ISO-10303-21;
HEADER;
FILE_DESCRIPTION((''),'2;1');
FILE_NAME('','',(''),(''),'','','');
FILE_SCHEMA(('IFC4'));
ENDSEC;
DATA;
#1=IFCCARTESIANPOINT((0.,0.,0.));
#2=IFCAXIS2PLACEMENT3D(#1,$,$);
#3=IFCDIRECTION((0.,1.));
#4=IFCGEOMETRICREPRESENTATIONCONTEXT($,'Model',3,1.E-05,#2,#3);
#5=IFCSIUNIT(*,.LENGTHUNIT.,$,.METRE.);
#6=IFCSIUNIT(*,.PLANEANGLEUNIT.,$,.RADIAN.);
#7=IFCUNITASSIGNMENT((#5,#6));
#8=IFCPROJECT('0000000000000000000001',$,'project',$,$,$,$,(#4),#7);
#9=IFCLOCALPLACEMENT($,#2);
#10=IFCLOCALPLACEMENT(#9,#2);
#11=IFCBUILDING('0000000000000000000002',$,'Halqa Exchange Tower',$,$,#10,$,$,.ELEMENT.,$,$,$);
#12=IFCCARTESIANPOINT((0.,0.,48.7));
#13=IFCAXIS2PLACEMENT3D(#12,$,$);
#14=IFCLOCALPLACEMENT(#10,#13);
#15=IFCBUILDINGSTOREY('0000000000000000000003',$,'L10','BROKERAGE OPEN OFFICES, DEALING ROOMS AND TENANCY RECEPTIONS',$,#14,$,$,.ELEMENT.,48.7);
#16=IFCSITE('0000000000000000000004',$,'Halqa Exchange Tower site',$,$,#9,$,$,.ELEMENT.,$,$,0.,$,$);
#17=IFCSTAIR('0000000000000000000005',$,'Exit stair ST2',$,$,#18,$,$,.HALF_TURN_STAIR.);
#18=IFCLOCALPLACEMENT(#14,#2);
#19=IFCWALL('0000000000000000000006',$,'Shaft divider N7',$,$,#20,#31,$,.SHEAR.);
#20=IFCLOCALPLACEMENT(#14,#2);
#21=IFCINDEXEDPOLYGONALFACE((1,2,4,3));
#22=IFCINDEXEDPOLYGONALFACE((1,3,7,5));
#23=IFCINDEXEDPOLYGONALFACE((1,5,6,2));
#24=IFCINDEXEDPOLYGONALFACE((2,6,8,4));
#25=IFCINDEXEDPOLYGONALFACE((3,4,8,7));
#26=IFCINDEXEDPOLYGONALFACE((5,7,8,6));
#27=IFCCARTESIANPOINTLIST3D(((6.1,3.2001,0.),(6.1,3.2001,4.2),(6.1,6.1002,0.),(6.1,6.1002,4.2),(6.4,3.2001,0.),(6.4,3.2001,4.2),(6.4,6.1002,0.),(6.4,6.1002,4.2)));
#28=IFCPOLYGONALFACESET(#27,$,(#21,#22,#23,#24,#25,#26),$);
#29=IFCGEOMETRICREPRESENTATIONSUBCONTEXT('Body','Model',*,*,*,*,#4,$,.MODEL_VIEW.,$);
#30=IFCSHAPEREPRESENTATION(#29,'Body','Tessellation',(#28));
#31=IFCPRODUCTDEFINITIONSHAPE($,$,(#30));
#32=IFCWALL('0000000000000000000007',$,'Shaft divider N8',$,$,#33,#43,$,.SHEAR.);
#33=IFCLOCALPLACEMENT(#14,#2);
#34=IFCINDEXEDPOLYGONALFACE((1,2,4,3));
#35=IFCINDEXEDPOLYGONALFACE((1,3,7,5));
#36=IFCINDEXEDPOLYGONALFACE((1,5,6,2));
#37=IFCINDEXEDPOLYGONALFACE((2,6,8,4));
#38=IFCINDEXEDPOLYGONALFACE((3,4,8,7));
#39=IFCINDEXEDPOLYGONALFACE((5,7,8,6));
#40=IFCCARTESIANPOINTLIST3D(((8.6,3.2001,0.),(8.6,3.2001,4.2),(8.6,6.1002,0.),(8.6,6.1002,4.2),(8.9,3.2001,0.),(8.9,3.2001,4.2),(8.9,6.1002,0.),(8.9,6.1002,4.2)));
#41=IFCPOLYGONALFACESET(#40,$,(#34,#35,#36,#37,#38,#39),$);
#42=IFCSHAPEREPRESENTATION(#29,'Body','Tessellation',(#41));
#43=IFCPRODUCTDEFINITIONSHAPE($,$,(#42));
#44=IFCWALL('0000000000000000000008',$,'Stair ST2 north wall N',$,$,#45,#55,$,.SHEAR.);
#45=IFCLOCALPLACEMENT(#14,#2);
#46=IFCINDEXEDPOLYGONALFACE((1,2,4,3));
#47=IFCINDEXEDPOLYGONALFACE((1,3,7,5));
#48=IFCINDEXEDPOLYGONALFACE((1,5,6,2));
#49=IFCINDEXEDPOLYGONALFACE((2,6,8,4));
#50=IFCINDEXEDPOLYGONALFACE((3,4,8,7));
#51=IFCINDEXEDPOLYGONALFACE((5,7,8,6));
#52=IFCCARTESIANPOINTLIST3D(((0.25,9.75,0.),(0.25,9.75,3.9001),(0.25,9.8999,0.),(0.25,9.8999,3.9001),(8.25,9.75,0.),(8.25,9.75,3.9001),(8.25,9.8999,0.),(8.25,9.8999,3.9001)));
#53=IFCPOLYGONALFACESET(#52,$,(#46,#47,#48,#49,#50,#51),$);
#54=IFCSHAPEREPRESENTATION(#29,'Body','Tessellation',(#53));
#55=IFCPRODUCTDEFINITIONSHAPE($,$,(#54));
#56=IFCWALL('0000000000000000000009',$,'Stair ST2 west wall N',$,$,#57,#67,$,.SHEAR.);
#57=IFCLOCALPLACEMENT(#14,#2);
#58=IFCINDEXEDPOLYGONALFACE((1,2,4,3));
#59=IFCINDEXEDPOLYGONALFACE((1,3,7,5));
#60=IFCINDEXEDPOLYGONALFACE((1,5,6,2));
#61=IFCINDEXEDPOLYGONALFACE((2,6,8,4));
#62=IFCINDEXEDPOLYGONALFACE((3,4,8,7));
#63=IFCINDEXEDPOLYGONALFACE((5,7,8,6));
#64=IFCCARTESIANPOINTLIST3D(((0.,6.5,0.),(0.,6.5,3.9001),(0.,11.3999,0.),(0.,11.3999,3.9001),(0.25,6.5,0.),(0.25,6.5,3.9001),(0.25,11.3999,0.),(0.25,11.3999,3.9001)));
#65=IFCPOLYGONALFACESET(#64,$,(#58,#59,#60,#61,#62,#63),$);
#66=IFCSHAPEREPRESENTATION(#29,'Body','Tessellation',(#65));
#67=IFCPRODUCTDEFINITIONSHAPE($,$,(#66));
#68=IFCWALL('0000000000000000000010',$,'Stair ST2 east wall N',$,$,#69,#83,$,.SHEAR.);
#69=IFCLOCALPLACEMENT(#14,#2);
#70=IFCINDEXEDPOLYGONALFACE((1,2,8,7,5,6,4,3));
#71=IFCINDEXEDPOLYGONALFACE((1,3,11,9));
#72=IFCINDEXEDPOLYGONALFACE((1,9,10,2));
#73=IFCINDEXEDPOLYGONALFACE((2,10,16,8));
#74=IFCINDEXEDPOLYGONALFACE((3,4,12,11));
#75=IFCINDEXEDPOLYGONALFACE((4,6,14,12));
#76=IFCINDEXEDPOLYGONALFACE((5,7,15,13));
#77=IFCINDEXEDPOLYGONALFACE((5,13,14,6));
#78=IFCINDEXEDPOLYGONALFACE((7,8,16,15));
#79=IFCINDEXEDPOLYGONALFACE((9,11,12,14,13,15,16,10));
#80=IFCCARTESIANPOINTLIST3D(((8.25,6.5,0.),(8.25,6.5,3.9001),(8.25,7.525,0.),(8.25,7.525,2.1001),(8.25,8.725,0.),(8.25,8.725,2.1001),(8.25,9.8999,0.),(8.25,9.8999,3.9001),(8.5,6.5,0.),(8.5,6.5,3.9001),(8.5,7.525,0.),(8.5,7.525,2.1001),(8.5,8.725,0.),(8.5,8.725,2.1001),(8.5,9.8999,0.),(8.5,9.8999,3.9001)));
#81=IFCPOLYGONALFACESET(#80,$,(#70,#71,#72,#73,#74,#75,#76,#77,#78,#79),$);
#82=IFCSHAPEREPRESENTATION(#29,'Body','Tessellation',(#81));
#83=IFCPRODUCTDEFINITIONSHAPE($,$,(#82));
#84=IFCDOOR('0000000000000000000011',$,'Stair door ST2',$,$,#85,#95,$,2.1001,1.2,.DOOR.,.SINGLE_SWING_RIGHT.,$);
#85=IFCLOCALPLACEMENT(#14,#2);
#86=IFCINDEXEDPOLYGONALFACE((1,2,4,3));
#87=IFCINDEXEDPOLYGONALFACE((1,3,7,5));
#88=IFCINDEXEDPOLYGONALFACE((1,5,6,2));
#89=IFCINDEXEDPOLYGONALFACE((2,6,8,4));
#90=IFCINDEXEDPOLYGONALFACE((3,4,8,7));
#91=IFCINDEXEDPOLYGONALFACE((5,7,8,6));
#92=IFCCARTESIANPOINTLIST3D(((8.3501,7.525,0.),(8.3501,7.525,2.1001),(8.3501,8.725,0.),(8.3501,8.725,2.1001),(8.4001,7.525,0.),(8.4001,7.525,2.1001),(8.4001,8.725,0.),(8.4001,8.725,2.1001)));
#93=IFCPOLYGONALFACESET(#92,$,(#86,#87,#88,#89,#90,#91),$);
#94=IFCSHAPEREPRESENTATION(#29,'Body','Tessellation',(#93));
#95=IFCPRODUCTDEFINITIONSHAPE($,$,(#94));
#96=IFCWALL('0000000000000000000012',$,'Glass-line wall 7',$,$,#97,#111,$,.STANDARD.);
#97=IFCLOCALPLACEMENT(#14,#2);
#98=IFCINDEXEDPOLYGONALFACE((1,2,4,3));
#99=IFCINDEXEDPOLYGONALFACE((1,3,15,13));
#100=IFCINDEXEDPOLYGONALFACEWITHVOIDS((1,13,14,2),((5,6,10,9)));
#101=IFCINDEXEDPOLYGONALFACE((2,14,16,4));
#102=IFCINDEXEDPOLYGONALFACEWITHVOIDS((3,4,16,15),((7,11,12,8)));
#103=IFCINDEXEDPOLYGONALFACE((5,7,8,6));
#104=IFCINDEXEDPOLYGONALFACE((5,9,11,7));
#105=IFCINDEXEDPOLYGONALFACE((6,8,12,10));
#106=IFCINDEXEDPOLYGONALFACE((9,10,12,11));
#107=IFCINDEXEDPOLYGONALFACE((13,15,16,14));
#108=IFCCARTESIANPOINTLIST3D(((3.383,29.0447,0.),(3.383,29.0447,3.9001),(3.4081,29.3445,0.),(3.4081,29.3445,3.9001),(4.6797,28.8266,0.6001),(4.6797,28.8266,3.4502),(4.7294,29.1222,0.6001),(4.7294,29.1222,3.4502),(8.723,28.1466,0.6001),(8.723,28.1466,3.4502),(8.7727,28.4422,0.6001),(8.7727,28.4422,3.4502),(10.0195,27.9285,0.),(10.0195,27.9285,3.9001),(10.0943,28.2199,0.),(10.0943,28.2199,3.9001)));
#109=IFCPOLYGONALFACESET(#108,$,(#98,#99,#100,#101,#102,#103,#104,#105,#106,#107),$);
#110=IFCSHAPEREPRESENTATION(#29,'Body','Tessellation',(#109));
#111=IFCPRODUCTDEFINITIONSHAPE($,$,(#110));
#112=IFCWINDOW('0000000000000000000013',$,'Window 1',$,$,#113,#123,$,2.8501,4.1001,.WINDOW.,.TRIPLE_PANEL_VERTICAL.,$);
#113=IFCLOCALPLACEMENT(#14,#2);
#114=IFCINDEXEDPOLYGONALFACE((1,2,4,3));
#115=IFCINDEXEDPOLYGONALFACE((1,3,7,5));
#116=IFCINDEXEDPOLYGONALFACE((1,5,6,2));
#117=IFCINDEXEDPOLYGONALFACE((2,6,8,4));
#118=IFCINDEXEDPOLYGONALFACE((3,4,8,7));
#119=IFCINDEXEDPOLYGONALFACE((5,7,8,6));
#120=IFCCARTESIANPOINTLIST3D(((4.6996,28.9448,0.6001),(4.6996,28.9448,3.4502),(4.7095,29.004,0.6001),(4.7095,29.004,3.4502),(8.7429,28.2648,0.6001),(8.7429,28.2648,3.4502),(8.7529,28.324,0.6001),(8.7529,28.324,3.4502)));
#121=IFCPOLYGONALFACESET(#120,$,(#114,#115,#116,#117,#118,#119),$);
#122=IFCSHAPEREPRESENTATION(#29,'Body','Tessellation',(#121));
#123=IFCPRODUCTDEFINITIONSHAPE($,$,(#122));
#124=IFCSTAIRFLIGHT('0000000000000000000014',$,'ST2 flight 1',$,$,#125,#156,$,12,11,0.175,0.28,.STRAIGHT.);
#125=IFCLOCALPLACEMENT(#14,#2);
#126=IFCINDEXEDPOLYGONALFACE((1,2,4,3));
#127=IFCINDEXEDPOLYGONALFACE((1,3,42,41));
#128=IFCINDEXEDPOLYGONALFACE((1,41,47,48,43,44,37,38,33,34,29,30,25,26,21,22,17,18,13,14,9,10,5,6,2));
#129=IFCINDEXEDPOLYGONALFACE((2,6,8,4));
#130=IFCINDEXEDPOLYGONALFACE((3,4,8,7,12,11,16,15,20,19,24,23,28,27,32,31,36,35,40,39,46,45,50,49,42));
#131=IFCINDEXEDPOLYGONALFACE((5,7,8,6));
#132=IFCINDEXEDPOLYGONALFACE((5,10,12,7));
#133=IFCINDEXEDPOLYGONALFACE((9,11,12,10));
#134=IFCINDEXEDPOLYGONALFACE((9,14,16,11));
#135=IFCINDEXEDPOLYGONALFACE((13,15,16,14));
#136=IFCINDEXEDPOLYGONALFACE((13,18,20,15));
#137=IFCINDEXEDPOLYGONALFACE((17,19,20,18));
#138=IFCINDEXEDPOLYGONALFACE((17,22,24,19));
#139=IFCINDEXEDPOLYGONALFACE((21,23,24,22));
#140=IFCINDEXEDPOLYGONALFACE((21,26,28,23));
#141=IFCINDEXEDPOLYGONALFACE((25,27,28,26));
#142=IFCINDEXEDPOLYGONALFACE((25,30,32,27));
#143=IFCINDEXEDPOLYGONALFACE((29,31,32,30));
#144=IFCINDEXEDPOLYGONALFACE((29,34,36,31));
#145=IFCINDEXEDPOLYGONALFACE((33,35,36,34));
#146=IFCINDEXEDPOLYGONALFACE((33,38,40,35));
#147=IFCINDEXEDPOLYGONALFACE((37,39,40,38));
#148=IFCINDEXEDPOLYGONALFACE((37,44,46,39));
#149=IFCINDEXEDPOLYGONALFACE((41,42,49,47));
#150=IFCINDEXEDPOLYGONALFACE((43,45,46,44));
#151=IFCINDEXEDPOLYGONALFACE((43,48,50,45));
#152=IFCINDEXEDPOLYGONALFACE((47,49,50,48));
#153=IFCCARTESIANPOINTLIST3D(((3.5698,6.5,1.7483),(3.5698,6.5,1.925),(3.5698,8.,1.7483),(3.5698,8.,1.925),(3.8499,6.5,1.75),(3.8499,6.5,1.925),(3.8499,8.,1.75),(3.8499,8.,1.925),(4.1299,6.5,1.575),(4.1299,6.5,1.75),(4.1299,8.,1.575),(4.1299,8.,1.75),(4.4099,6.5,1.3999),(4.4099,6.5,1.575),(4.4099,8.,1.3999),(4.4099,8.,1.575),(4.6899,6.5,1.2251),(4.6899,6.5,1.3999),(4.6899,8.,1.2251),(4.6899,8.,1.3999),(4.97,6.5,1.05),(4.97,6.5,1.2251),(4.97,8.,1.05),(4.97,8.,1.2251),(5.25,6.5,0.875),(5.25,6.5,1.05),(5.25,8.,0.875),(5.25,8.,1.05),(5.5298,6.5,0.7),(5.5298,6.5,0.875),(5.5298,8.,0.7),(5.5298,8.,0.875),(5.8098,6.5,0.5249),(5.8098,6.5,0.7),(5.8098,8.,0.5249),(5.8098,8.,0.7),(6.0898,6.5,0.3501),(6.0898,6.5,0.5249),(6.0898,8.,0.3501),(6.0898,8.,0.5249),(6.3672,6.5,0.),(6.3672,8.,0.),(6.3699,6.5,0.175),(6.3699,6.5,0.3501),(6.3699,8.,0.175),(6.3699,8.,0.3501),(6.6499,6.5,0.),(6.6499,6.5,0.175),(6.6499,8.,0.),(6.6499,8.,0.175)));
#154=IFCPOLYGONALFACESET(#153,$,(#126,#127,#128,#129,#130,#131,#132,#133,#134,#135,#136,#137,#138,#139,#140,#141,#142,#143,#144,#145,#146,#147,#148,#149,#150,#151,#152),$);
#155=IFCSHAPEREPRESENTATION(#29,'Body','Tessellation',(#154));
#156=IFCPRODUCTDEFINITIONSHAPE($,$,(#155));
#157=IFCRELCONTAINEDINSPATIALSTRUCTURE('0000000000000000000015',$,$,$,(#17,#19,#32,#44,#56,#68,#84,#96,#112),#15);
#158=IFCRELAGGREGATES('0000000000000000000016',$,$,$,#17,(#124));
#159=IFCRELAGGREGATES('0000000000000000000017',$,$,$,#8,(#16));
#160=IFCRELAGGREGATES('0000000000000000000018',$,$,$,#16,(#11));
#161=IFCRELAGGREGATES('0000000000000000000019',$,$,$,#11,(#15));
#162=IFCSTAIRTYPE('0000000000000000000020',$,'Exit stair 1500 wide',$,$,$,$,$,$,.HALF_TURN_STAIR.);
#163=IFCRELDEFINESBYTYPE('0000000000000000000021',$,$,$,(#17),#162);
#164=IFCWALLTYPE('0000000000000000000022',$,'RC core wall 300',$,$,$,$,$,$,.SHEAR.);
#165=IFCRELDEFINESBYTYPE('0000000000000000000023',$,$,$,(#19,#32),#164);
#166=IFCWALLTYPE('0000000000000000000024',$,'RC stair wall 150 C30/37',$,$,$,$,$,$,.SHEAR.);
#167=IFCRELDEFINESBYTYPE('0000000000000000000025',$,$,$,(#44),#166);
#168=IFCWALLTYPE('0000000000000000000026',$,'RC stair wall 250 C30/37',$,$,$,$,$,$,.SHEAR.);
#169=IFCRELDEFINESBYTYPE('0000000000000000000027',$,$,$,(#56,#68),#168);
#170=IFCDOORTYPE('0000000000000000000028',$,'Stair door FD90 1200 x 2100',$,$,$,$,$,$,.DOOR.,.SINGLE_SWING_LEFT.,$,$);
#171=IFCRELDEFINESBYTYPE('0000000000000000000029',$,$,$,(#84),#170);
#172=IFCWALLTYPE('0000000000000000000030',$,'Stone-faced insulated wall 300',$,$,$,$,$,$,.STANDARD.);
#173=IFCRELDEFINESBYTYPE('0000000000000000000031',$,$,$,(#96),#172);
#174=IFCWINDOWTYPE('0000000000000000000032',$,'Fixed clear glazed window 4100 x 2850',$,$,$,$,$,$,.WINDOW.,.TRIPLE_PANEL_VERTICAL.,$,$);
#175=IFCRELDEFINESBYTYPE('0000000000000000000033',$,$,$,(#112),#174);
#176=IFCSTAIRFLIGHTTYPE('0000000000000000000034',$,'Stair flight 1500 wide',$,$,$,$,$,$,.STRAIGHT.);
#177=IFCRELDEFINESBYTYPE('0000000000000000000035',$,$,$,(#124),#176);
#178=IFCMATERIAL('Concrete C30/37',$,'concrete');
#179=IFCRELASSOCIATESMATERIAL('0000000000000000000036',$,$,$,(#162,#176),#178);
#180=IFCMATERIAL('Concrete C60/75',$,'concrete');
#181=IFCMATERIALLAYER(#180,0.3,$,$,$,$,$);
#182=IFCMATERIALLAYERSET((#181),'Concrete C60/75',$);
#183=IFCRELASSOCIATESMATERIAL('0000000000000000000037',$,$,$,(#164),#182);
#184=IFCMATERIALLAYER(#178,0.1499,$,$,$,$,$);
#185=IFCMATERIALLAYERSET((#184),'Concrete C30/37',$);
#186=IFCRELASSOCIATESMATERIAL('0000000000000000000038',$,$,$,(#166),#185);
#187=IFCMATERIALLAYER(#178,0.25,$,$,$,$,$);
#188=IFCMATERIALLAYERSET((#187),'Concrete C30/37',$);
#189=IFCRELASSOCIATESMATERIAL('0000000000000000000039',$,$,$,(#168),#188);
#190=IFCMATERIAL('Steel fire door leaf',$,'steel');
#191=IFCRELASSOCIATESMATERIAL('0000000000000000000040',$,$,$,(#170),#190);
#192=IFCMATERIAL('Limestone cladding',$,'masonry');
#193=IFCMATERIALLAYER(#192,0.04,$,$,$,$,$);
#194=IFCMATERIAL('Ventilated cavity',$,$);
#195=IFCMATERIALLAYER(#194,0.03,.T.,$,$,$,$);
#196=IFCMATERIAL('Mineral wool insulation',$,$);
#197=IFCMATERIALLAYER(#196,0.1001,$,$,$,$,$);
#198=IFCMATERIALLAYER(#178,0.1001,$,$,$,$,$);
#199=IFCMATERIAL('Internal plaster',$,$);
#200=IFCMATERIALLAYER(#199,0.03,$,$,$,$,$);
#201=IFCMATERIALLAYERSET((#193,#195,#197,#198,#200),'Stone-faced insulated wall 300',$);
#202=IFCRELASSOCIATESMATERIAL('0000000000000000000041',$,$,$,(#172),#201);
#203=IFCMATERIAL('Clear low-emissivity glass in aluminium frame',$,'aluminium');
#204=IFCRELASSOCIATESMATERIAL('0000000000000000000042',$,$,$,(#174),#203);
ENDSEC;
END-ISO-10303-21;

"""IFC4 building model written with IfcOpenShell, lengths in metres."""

from ifc_helpers import new_model, si_unit, direction, frame, frame_2d, origin, place, context, subcontext, project, spatial, polyline, rectangle, outline, extrude, material, layer, layer_set, type_object, element, fill, aggregate, save


model = new_model("IFC4")

# Units and contexts
model_context = context("Model", 3, precision=1e-05, world=origin(), true_north=direction((0.0, 1.0)))
body_context = subcontext(model_context, "Body", "Model", "MODEL_VIEW")
ifc_project = project(units=[si_unit("LENGTHUNIT", "METRE"), si_unit("PLANEANGLEUNIT", "RADIAN")], contexts=[model_context])

# Site, building, storey
site_placement = place(None, origin())
site = spatial("IfcSite", under=ifc_project, at=site_placement, Name="Halqa Exchange Tower site", CompositionType="ELEMENT", RefElevation=0.0)
building_placement = place(site_placement, origin())
building = spatial("IfcBuilding", under=site, at=building_placement, Name="Halqa Exchange Tower", CompositionType="ELEMENT")
storey_placement = place(building_placement, frame((0.0, 0.0, 48.7)))
storey = spatial("IfcBuildingStorey", under=building, at=storey_placement, Name="L10", Description="BROKERAGE OPEN OFFICES, DEALING ROOMS AND TENANCY RECEPTIONS", CompositionType="ELEMENT", Elevation=48.7)

# Shared definitions
ifc_material_1 = material(Name="Concrete C60/75", Category="concrete")

# Stair
ifc_material_2 = material(Name="Concrete C30/37", Category="concrete")
stair_type = type_object("IfcStairType", Name="Exit stair 1500 wide", PredefinedType="HALF_TURN_STAIR", material=ifc_material_2)
stair_1_placement = place(storey_placement, origin())
stair_1 = element("IfcStair", 1, at=stair_1_placement, inside=storey, type_object=stair_type, Name="Exit stair ST2", PredefinedType="HALF_TURN_STAIR")

# Walls
ifc_layer_1 = layer(ifc_material_1, 0.3)
ifc_layer_set_1 = layer_set([ifc_layer_1], Name="Concrete C60/75")
wall_type_1 = type_object("IfcWallType", Name="RC core wall 300", PredefinedType="SHEAR", material=ifc_layer_set_1)
for number, where, z_axis, x_axis, name in (
    (2, (6.25, 3.2, 0.0), (0.0, 0.0, 1.0), (0.0, 1.0, 0.0), "Shaft divider N7"),
    (3, (8.75, 3.2, 0.0), (0.0, 0.0, 1.0), (0.0, 1.0, 0.0), "Shaft divider N8"),
):
    element("IfcWall", number, at=place(storey_placement, frame(where, z_axis=z_axis, x_axis=x_axis)), inside=storey, type_object=wall_type_1, Name=name, PredefinedType="SHEAR", context=body_context, shape_type="SweptSolid", body=[
        extrude(rectangle(XDim=2.9001, YDim=0.3, at=frame_2d((1.4502, 0.0))), origin(), (0.0, 0.0, 1.0), 4.2),
    ])
ifc_layer_2 = layer(ifc_material_2, 0.1499)
ifc_layer_set_2 = layer_set([ifc_layer_2], Name="Concrete C30/37")
wall_type_2 = type_object("IfcWallType", Name="RC stair wall 150 C30/37", PredefinedType="SHEAR", material=ifc_layer_set_2)
wall_1_placement = place(storey_placement, frame((0.25, 9.825, 0.0), z_axis=(0.0, 0.0, 1.0), x_axis=(1.0, 0.0, 0.0)))
element("IfcWall", 4, at=wall_1_placement, inside=storey, type_object=wall_type_2, Name="Stair ST2 north wall N", PredefinedType="SHEAR", context=body_context, shape_type="SweptSolid", body=[
    extrude(rectangle(XDim=8.0, YDim=0.1499, at=frame_2d((4.0, 0.0))), origin(), (0.0, 0.0, 1.0), 3.9001),
])
ifc_layer_3 = layer(ifc_material_2, 0.25)
ifc_layer_set_3 = layer_set([ifc_layer_3], Name="Concrete C30/37")
wall_type_3 = type_object("IfcWallType", Name="RC stair wall 250 C30/37", PredefinedType="SHEAR", material=ifc_layer_set_3)
wall_2_placement = place(storey_placement, frame((0.125, 6.5, 0.0), z_axis=(0.0, 0.0, 1.0), x_axis=(0.0, 1.0, 0.0)))
element("IfcWall", 5, at=wall_2_placement, inside=storey, type_object=wall_type_3, Name="Stair ST2 west wall N", PredefinedType="SHEAR", context=body_context, shape_type="SweptSolid", body=[
    extrude(rectangle(XDim=4.8999, YDim=0.25, at=frame_2d((2.45, 0.0))), origin(), (0.0, 0.0, 1.0), 3.9001),
])

# Wall, opening, door
wall_3_placement = place(storey_placement, frame((8.375, 6.5, 0.0), z_axis=(0.0, 0.0, 1.0), x_axis=(0.0, 1.0, 0.0)))
wall_3 = element("IfcWall", 6, at=wall_3_placement, inside=storey, type_object=wall_type_3, Name="Stair ST2 east wall N", PredefinedType="SHEAR", context=body_context, shape_type="SweptSolid", body=[
    extrude(rectangle(XDim=3.3999, YDim=0.25, at=frame_2d((1.7, 0.0))), origin(), (0.0, 0.0, 1.0), 3.9001),
])
opening_1_placement = place(wall_3_placement, frame((1.0249, 0.0, 0.0)))
opening_1 = element("IfcOpeningElement", 7, at=opening_1_placement, cuts=wall_3, PredefinedType="OPENING", context=body_context, shape_type="SweptSolid", body=[
    extrude(rectangle(XDim=1.2, YDim=2.1001, at=frame_2d((0.6001, 1.05))), frame((0.0, 0.137, 0.0), z_axis=(0.0, -1.0, 0.0), x_axis=(1.0, 0.0, 0.0)), (0.0, 0.0, 1.0), 0.2739),
])
ifc_material_3 = material(Name="Steel fire door leaf", Category="steel")
door_type_1 = type_object("IfcDoorType", Name="Stair door FD90 1200 x 2100", OperationType="SINGLE_SWING_LEFT", PredefinedType="DOOR", material=ifc_material_3)
door_1_placement = place(opening_1_placement, origin())
door_1 = element("IfcDoor", 8, at=door_1_placement, inside=storey, type_object=door_type_1, Name="Stair door ST2", OperationType="SINGLE_SWING_RIGHT", OverallHeight=2.1001, OverallWidth=1.2, PredefinedType="DOOR", context=body_context, shape_type="SweptSolid", body=[
    extrude(rectangle(XDim=1.2, YDim=2.1001, at=frame_2d((0.6001, 1.05))), frame((0.0, 0.0249, 0.0), z_axis=(0.0, -1.0, 0.0), x_axis=(1.0, 0.0, 0.0)), (0.0, 0.0, 1.0), 0.05),
])
fill(opening_1, door_1)

# Wall, opening, window
ifc_material_4 = material(Name="Limestone cladding", Category="masonry")
ifc_layer_4 = layer(ifc_material_4, 0.04)
ifc_material_5 = material(Name="Ventilated cavity")
ifc_layer_5 = layer(ifc_material_5, 0.03, ventilated=True)
ifc_material_6 = material(Name="Mineral wool insulation")
ifc_layer_6 = layer(ifc_material_6, 0.1001)
ifc_layer_7 = layer(ifc_material_2, 0.1001)
ifc_material_7 = material(Name="Internal plaster")
ifc_layer_8 = layer(ifc_material_7, 0.03)
ifc_layer_set_4 = layer_set([ifc_layer_4, ifc_layer_5, ifc_layer_6, ifc_layer_7, ifc_layer_8], Name="Stone-faced insulated wall 300")
wall_type_4 = type_object("IfcWallType", Name="Stone-faced insulated wall 300", PredefinedType="STANDARD", material=ifc_layer_set_4)
wall_4_placement = place(storey_placement, frame((10.0569, 28.0742, 0.0), z_axis=(0.0, 0.0, 1.0), x_axis=(-0.98615, 0.165858, 0.0)))
wall_4 = element("IfcWall", 9, at=wall_4_placement, inside=storey, type_object=wall_type_4, Name="Glass-line wall 7", PredefinedType="STANDARD", context=body_context, shape_type="SweptSolid", body=[
    extrude(outline(polyline([(-0.0127, -0.1499), (6.7673, -0.1499), (6.7424, 0.1499), (0.0127, 0.1499), (-0.0127, -0.1499)])), origin(), (0.0, 0.0, 1.0), 3.9001),
])
opening_2_placement = place(wall_4_placement, frame((1.3274, 0.0, 0.6001)))
opening_2 = element("IfcOpeningElement", 10, at=opening_2_placement, cuts=wall_4, PredefinedType="OPENING", context=body_context, shape_type="SweptSolid", body=[
    extrude(rectangle(XDim=4.1001, YDim=2.8501, at=frame_2d((2.05, 1.425))), frame((0.0, 0.1621, 0.0), z_axis=(0.0, -1.0, 0.0), x_axis=(1.0, 0.0, 0.0)), (0.0, 0.0, 1.0), 0.324),
])
ifc_material_8 = material(Name="Clear low-emissivity glass in aluminium frame", Category="aluminium")
window_type = type_object("IfcWindowType", Name="Fixed clear glazed window 4100 x 2850", PartitioningType="TRIPLE_PANEL_VERTICAL", PredefinedType="WINDOW", material=ifc_material_8)
window_placement = place(opening_2_placement, origin())
window = element("IfcWindow", 11, at=window_placement, inside=storey, type_object=window_type, Name="Window 1", OverallHeight=2.8501, OverallWidth=4.1001, PartitioningType="TRIPLE_PANEL_VERTICAL", PredefinedType="WINDOW", context=body_context, shape_type="SweptSolid", body=[
    extrude(rectangle(XDim=4.1001, YDim=2.8501, at=frame_2d((2.05, 1.425))), frame((0.0, 0.03, 0.0), z_axis=(0.0, -1.0, 0.0), x_axis=(1.0, 0.0, 0.0)), (0.0, 0.0, 1.0), 0.0601),
])
fill(opening_2, window)

# Stair flight
stair_flight_type = type_object("IfcStairFlightType", Name="Stair flight 1500 wide", PredefinedType="STRAIGHT", material=ifc_material_2)
stair_flight_1_placement = place(storey_placement, frame((6.6499, 7.25, 0.0), z_axis=(0.0, 0.0, 1.0), x_axis=(-1.0, 0.0, 0.0)))
stair_flight_1 = element("IfcStairFlight", 12, at=stair_flight_1_placement, type_object=stair_flight_type, Name="ST2 flight 1", NumberOfRisers=12, NumberOfTreads=11, PredefinedType="STRAIGHT", RiserHeight=0.175, TreadLength=0.28, context=body_context, shape_type="SweptSolid", body=[
    extrude(outline(polyline([(0.0, 0.0), (0.0, 0.175), (0.28, 0.175), (0.28, 0.3501), (0.5601, 0.3501), (0.5601, 0.5249), (0.8401, 0.5249), (0.8401, 0.7), (1.1201, 0.7), (1.1201, 0.875), (1.3999, 0.875), (1.3999, 1.05), (1.6799, 1.05), (1.6799, 1.2251), (1.96, 1.2251), (1.96, 1.3999), (2.24, 1.3999), (2.24, 1.575), (2.52, 1.575), (2.52, 1.75), (2.8, 1.75), (2.8, 1.925), (3.0801, 1.925), (3.0801, 2.1001), (3.0801, 1.7483), (0.2827, 0.0), (0.0, 0.0)])), frame((0.0, 0.75, 0.0), z_axis=(0.0, -1.0, 0.0), x_axis=(1.0, 0.0, 0.0)), (0.0, 0.0, 1.0), 1.5),
])
aggregate(stair_1, [stair_flight_1])

save(model, "model.ifc")
